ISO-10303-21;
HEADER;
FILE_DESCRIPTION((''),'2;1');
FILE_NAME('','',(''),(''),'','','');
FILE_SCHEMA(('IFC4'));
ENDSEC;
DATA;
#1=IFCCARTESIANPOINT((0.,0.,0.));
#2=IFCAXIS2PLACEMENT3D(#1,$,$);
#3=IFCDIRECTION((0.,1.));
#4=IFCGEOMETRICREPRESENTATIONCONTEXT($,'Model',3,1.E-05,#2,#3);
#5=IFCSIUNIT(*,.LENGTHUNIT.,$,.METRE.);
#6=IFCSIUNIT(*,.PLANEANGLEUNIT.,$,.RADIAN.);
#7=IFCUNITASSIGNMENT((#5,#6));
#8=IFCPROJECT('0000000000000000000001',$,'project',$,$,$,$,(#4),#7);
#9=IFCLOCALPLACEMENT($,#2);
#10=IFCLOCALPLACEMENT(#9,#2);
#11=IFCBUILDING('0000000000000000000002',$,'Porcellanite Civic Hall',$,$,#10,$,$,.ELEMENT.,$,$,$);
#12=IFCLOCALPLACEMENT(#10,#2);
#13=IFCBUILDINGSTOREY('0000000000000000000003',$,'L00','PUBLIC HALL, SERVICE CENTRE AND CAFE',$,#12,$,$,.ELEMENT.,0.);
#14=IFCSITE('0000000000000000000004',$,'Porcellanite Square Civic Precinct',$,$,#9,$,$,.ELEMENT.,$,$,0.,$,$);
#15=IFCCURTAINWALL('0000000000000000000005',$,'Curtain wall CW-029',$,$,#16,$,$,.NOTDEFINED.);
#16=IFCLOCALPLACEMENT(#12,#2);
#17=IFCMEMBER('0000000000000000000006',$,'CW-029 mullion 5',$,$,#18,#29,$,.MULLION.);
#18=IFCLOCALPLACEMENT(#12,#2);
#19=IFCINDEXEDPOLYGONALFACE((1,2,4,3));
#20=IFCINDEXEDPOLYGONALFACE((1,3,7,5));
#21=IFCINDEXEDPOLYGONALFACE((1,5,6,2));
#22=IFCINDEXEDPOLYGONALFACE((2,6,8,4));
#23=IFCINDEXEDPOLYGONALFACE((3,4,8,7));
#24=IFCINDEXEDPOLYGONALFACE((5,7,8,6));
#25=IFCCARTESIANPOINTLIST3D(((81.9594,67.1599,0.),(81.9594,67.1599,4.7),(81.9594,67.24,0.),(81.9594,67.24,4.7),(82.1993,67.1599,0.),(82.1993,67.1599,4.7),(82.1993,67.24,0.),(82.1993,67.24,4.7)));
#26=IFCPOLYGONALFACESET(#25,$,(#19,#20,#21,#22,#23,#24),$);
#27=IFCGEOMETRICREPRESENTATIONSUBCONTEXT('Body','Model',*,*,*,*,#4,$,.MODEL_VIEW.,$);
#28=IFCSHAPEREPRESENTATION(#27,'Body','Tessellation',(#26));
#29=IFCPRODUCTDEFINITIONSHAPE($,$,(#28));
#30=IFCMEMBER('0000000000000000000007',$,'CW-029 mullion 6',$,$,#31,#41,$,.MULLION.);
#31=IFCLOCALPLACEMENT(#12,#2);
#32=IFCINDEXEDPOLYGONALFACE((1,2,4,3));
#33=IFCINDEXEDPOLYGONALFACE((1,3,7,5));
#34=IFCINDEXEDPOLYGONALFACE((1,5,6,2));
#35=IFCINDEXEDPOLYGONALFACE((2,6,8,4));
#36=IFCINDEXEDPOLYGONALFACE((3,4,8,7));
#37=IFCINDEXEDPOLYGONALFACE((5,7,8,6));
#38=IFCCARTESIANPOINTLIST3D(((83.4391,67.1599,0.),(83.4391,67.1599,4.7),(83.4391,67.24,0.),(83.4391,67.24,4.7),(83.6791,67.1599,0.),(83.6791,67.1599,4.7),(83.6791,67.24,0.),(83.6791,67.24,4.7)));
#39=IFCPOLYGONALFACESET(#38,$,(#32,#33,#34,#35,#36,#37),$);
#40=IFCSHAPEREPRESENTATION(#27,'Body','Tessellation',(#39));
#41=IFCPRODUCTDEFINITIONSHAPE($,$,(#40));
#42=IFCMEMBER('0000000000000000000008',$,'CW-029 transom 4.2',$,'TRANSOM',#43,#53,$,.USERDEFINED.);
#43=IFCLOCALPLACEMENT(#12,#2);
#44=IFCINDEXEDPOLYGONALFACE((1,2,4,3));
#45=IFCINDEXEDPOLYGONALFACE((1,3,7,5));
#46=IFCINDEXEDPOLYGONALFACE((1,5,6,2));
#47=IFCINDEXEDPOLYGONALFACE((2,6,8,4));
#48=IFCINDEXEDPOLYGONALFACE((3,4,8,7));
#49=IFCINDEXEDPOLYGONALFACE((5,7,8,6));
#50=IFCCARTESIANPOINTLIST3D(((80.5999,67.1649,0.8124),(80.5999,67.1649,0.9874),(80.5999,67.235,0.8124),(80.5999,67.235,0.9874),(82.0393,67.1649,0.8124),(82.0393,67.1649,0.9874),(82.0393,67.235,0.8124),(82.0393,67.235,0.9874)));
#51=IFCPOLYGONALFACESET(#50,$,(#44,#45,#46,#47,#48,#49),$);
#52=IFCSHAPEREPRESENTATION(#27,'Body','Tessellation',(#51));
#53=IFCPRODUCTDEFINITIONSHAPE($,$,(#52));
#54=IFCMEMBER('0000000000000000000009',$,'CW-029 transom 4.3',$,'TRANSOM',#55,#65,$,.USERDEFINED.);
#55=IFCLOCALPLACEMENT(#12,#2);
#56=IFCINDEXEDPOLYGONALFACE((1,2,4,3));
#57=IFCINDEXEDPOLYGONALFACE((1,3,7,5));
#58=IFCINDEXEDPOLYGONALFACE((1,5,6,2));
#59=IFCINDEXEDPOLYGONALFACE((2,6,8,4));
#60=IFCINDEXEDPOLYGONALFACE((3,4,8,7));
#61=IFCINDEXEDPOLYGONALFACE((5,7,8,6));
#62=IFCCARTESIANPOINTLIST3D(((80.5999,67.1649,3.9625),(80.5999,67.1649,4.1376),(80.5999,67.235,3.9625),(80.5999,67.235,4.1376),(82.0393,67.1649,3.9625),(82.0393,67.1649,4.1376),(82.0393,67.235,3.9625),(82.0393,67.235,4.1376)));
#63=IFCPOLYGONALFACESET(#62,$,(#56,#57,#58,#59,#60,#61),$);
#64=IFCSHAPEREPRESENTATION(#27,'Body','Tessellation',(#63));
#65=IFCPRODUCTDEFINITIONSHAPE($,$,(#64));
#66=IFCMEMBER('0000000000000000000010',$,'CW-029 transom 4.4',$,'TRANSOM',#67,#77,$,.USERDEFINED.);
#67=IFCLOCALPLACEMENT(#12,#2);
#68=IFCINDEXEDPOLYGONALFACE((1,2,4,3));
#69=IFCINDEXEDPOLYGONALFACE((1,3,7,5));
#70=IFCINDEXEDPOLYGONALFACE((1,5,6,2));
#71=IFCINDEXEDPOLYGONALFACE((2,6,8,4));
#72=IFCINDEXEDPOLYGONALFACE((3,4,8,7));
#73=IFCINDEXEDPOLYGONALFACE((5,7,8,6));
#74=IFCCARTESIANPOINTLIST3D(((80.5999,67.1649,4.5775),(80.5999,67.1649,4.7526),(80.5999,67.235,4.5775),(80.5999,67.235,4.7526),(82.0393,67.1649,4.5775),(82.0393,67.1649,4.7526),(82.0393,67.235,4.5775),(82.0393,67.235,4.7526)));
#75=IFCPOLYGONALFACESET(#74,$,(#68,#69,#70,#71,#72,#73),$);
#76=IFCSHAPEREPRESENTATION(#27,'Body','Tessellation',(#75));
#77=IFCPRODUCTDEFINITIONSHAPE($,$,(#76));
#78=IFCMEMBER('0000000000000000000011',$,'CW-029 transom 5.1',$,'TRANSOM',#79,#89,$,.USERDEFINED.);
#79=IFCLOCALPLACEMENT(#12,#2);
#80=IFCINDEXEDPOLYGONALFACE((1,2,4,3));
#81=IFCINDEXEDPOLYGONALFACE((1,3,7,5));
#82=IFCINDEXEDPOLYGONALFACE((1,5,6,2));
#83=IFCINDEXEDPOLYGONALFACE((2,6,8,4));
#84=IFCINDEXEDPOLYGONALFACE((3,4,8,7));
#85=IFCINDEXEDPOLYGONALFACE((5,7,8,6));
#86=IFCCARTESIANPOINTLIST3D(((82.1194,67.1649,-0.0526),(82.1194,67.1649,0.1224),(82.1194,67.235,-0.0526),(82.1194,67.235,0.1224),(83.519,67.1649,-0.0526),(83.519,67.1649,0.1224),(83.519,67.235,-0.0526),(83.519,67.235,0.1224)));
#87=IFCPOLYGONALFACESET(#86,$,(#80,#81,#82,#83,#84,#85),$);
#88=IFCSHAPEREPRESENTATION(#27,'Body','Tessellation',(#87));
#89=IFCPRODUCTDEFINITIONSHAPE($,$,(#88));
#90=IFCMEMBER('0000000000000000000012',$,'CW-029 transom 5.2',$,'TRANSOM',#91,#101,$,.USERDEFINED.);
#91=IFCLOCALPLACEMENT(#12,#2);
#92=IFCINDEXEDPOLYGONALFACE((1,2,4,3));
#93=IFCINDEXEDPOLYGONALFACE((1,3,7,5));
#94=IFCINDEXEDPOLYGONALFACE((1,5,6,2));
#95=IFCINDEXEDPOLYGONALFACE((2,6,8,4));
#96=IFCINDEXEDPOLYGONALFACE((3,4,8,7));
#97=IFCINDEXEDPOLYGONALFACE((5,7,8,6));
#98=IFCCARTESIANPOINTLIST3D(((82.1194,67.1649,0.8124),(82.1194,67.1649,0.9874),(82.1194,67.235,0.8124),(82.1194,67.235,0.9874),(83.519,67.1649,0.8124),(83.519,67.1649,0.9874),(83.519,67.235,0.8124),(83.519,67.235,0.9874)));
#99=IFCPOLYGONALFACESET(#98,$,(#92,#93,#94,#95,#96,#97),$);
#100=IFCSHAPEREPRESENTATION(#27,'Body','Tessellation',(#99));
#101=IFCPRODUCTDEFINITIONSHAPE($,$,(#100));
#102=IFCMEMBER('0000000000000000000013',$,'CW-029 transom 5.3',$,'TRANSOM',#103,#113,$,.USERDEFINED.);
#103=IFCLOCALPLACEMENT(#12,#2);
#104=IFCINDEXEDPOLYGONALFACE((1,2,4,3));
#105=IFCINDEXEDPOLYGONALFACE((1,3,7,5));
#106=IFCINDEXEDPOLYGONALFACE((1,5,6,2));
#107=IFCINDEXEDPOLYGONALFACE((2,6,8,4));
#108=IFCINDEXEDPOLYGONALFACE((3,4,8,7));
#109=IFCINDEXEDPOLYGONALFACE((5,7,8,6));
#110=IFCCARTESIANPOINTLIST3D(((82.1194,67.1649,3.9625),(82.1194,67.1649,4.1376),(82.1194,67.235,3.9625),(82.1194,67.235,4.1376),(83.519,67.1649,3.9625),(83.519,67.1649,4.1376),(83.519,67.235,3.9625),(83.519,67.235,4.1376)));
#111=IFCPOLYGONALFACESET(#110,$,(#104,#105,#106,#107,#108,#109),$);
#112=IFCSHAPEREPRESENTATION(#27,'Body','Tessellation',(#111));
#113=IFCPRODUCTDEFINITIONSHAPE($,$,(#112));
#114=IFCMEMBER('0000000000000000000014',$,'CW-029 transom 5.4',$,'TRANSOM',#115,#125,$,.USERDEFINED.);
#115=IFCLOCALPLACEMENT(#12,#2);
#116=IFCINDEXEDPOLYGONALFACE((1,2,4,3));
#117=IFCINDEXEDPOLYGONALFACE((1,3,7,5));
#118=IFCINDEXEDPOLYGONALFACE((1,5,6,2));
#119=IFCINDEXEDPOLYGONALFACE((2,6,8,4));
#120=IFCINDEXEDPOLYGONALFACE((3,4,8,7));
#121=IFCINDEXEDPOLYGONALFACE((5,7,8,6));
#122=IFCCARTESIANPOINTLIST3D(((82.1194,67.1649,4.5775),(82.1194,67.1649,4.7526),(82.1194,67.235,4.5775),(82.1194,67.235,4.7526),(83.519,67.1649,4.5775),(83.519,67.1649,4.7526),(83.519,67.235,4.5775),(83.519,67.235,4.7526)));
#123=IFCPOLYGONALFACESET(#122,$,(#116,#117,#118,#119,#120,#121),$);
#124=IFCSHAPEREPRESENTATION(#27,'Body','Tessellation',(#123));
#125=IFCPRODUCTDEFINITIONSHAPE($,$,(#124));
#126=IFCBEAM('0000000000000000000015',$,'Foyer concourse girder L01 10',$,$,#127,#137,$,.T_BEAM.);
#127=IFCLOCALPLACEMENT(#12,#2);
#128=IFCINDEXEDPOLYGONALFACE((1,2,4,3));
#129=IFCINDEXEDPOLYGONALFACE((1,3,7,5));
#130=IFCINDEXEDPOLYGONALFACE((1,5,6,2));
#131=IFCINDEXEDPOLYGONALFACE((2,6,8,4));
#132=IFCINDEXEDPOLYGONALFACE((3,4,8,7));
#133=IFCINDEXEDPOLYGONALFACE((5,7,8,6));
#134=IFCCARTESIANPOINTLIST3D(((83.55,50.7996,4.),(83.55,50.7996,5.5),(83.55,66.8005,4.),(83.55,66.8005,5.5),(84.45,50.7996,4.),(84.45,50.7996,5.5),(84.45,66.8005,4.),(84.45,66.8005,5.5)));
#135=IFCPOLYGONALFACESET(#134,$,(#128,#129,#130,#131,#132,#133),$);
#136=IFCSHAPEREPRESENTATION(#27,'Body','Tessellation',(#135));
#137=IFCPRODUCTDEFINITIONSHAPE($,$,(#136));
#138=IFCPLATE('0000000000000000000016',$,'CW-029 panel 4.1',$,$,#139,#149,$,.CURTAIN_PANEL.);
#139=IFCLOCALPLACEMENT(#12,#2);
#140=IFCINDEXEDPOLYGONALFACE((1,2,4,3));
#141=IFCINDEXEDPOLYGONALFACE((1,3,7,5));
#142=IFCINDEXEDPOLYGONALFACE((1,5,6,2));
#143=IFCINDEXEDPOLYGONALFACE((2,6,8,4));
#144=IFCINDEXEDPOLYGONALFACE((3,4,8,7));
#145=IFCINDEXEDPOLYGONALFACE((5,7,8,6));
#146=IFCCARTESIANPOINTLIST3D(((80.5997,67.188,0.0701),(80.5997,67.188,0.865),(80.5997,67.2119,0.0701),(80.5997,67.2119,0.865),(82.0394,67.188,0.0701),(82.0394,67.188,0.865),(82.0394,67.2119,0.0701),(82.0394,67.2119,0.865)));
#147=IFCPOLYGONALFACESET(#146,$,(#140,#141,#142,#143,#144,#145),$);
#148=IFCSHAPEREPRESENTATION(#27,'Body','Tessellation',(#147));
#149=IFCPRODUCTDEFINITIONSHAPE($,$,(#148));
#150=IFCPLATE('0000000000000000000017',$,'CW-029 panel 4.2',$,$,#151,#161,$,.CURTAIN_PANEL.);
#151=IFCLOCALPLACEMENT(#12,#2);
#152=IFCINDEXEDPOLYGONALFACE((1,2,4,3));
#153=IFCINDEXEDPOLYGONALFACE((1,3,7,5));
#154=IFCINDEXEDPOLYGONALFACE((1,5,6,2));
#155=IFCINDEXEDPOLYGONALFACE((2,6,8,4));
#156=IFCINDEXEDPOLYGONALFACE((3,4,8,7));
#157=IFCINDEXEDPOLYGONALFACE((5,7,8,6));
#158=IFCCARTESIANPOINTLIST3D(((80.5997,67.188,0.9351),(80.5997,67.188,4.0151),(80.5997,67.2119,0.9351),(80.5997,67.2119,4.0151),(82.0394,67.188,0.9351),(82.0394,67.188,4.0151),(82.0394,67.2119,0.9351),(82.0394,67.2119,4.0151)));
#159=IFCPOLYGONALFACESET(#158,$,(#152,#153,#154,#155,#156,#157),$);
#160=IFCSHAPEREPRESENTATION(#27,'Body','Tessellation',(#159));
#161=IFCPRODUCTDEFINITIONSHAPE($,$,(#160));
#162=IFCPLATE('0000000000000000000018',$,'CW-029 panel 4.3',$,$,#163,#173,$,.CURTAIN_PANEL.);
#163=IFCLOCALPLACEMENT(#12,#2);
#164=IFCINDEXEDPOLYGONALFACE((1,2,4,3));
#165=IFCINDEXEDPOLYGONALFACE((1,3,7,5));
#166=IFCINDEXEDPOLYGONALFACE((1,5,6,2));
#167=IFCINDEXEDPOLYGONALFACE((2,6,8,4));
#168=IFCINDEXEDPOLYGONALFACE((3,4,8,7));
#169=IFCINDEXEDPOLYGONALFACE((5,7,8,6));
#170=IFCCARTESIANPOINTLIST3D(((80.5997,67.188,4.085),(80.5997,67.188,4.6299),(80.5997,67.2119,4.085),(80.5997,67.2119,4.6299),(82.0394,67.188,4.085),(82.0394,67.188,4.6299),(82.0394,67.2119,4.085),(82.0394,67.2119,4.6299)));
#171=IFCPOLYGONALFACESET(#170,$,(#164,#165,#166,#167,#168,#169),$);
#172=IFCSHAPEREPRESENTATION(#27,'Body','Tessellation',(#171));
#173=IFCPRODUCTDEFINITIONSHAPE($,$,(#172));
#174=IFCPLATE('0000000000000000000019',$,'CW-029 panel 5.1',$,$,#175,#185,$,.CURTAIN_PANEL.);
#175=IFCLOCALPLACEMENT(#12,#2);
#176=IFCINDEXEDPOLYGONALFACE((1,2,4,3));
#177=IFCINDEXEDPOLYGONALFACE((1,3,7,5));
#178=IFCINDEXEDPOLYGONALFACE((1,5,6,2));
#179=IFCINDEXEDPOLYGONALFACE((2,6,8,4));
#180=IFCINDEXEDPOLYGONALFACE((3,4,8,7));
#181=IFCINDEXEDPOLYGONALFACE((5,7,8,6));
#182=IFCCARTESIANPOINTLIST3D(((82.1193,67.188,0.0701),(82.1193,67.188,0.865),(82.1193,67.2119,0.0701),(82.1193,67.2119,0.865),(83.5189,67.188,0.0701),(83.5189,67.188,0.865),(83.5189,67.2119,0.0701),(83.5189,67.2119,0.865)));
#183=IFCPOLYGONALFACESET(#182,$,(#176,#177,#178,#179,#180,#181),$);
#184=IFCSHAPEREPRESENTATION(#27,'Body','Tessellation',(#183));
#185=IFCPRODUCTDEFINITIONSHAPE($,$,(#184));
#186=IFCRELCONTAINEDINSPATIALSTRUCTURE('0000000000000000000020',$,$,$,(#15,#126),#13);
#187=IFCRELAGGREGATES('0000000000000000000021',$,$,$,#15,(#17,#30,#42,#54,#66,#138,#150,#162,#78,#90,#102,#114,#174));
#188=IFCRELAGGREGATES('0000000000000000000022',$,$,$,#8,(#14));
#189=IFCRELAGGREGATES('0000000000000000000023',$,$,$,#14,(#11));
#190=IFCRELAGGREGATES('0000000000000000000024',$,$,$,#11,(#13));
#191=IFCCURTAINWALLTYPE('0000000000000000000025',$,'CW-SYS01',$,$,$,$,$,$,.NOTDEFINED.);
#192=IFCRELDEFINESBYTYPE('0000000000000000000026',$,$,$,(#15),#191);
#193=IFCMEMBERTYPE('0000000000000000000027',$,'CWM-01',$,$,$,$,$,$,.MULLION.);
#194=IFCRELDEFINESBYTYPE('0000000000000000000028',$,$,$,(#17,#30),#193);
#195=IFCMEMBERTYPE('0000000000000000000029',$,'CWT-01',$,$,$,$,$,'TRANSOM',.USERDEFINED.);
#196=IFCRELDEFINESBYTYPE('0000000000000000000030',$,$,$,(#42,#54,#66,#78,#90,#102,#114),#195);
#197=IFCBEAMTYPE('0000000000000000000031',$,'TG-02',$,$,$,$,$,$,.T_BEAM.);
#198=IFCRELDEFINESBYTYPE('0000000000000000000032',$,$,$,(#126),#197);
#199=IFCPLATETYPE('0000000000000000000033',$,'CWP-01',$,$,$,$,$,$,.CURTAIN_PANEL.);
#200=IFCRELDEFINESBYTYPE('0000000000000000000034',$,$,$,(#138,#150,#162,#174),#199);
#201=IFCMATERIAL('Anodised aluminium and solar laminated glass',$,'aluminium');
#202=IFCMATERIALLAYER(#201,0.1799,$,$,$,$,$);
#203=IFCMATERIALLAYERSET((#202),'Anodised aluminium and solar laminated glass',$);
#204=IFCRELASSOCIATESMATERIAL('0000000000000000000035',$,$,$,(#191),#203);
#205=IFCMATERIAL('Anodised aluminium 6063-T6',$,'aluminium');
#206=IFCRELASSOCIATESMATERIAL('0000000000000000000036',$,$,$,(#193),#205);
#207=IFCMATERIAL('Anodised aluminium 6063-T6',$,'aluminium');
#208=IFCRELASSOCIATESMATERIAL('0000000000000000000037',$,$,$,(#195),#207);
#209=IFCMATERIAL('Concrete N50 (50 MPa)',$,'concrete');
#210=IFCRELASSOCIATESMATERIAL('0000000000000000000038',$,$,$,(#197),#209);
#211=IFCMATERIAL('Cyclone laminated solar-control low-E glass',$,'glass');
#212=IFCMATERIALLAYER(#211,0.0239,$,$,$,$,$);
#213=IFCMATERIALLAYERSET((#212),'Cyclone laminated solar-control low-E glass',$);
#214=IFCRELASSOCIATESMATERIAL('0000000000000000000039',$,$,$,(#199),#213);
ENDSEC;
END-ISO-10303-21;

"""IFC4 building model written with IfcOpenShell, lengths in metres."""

from ifc_helpers import new_model, si_unit, direction, frame, origin, origin_2d, place, context, subcontext, project, spatial, rectangle, extrude, material, layer, layer_set, material_profile, profile_set, type_object, element, aggregate, save


model = new_model("IFC4")

# Units and contexts
model_context = context("Model", 3, precision=1e-05, world=origin(), true_north=direction((0.0, 1.0)))
body_context = subcontext(model_context, "Body", "Model", "MODEL_VIEW")
ifc_project = project(units=[si_unit("LENGTHUNIT", "METRE"), si_unit("PLANEANGLEUNIT", "RADIAN")], contexts=[model_context])

# Site, building, storey
site_placement = place(None, origin())
site = spatial("IfcSite", under=ifc_project, at=site_placement, Name="Porcellanite Square Civic Precinct", CompositionType="ELEMENT", RefElevation=0.0)
building_placement = place(site_placement, origin())
building = spatial("IfcBuilding", under=site, at=building_placement, Name="Porcellanite Civic Hall", CompositionType="ELEMENT")
storey_placement = place(building_placement, origin())
storey = spatial("IfcBuildingStorey", under=building, at=storey_placement, Name="L00", Description="PUBLIC HALL, SERVICE CENTRE AND CAFE", CompositionType="ELEMENT", Elevation=0.0)

# Curtain wall, members
ifc_material_1 = material(Name="Anodised aluminium and solar laminated glass", Category="aluminium")
ifc_layer_1 = layer(ifc_material_1, 0.1799)
ifc_layer_set_1 = layer_set([ifc_layer_1], Name="Anodised aluminium and solar laminated glass")
curtain_wall_type = type_object("IfcCurtainWallType", Name="CW-SYS01", PredefinedType="NOTDEFINED", material=ifc_layer_set_1)
curtain_wall_placement = place(storey_placement, origin())
curtain_wall = element("IfcCurtainWall", 1, at=curtain_wall_placement, inside=storey, type_object=curtain_wall_type, Name="Curtain wall CW-029", PredefinedType="NOTDEFINED")
ifc_material_2 = material(Name="Anodised aluminium 6063-T6", Category="aluminium")
ifc_material_profile_1 = material_profile(ifc_material_2, rectangle(XDim=0.0801, YDim=0.24, at=origin_2d()), Name="AL-80x240")
ifc_profile_set_1 = profile_set([ifc_material_profile_1], Name="Anodised aluminium 6063-T6")
member_type_1 = type_object("IfcMemberType", Name="CWM-01", PredefinedType="MULLION", material=ifc_profile_set_1)
member_1_placement = place(storey_placement, frame((82.0793, 67.2, 0.0), z_axis=(0.0, 0.0, 1.0), x_axis=(0.0, 1.0, 0.0)))
member_1 = element("IfcMember", 2, at=member_1_placement, type_object=member_type_1, Name="CW-029 mullion 5", PredefinedType="MULLION", context=body_context, shape_type="SweptSolid", body=[
    extrude(rectangle(XDim=0.0801, YDim=0.24, at=origin_2d()), origin(), (0.0, 0.0, 1.0), 4.7),
])
member_2_placement = place(storey_placement, frame((83.5591, 67.2, 0.0), z_axis=(0.0, 0.0, 1.0), x_axis=(0.0, 1.0, 0.0)))
member_2 = element("IfcMember", 3, at=member_2_placement, type_object=member_type_1, Name="CW-029 mullion 6", PredefinedType="MULLION", context=body_context, shape_type="SweptSolid", body=[
    extrude(rectangle(XDim=0.0801, YDim=0.24, at=origin_2d()), origin(), (0.0, 0.0, 1.0), 4.7),
])
ifc_material_3 = material(Name="Anodised aluminium 6063-T6", Category="aluminium")
ifc_material_profile_2 = material_profile(ifc_material_3, rectangle(XDim=0.0701, YDim=0.175, at=origin_2d()), Name="AL-70x175")
ifc_profile_set_2 = profile_set([ifc_material_profile_2], Name="Anodised aluminium 6063-T6")
member_type_2 = type_object("IfcMemberType", Name="CWT-01", ElementType="TRANSOM", PredefinedType="USERDEFINED", material=ifc_profile_set_2)
member_3_placement = place(storey_placement, frame((80.5999, 67.2, 0.8999), z_axis=(1.0, 0.0, 0.0), x_axis=(0.0, 1.0, 0.0)))
member_3 = element("IfcMember", 4, at=member_3_placement, type_object=member_type_2, Name="CW-029 transom 4.2", ObjectType="TRANSOM", PredefinedType="USERDEFINED", context=body_context, shape_type="SweptSolid", body=[
    extrude(rectangle(XDim=0.0701, YDim=0.175, at=origin_2d()), origin(), (0.0, 0.0, 1.0), 1.4395),
])
member_4_placement = place(storey_placement, frame((80.5999, 67.2, 4.05), z_axis=(1.0, 0.0, 0.0), x_axis=(0.0, 1.0, 0.0)))
member_4 = element("IfcMember", 5, at=member_4_placement, type_object=member_type_2, Name="CW-029 transom 4.3", ObjectType="TRANSOM", PredefinedType="USERDEFINED", context=body_context, shape_type="SweptSolid", body=[
    extrude(rectangle(XDim=0.0701, YDim=0.175, at=origin_2d()), origin(), (0.0, 0.0, 1.0), 1.4395),
])
member_5_placement = place(storey_placement, frame((80.5999, 67.2, 4.665), z_axis=(1.0, 0.0, 0.0), x_axis=(0.0, 1.0, 0.0)))
member_5 = element("IfcMember", 6, at=member_5_placement, type_object=member_type_2, Name="CW-029 transom 4.4", ObjectType="TRANSOM", PredefinedType="USERDEFINED", context=body_context, shape_type="SweptSolid", body=[
    extrude(rectangle(XDim=0.0701, YDim=0.175, at=origin_2d()), origin(), (0.0, 0.0, 1.0), 1.4395),
])
member_6_placement = place(storey_placement, frame((82.1194, 67.2, 0.0349), z_axis=(1.0, 0.0, 0.0), x_axis=(0.0, 1.0, 0.0)))
member_6 = element("IfcMember", 7, at=member_6_placement, type_object=member_type_2, Name="CW-029 transom 5.1", ObjectType="TRANSOM", PredefinedType="USERDEFINED", context=body_context, shape_type="SweptSolid", body=[
    extrude(rectangle(XDim=0.0701, YDim=0.175, at=origin_2d()), origin(), (0.0, 0.0, 1.0), 1.3997),
])
member_7_placement = place(storey_placement, frame((82.1194, 67.2, 0.8999), z_axis=(1.0, 0.0, 0.0), x_axis=(0.0, 1.0, 0.0)))
member_7 = element("IfcMember", 8, at=member_7_placement, type_object=member_type_2, Name="CW-029 transom 5.2", ObjectType="TRANSOM", PredefinedType="USERDEFINED", context=body_context, shape_type="SweptSolid", body=[
    extrude(rectangle(XDim=0.0701, YDim=0.175, at=origin_2d()), origin(), (0.0, 0.0, 1.0), 1.3997),
])
member_8_placement = place(storey_placement, frame((82.1194, 67.2, 4.05), z_axis=(1.0, 0.0, 0.0), x_axis=(0.0, 1.0, 0.0)))
member_8 = element("IfcMember", 9, at=member_8_placement, type_object=member_type_2, Name="CW-029 transom 5.3", ObjectType="TRANSOM", PredefinedType="USERDEFINED", context=body_context, shape_type="SweptSolid", body=[
    extrude(rectangle(XDim=0.0701, YDim=0.175, at=origin_2d()), origin(), (0.0, 0.0, 1.0), 1.3997),
])
member_9_placement = place(storey_placement, frame((82.1194, 67.2, 4.665), z_axis=(1.0, 0.0, 0.0), x_axis=(0.0, 1.0, 0.0)))
member_9 = element("IfcMember", 10, at=member_9_placement, type_object=member_type_2, Name="CW-029 transom 5.4", ObjectType="TRANSOM", PredefinedType="USERDEFINED", context=body_context, shape_type="SweptSolid", body=[
    extrude(rectangle(XDim=0.0701, YDim=0.175, at=origin_2d()), origin(), (0.0, 0.0, 1.0), 1.3997),
])

# Beam
ifc_material_4 = material(Name="Concrete N50 (50 MPa)", Category="concrete")
ifc_material_profile_3 = material_profile(ifc_material_4, rectangle(XDim=0.8999, YDim=1.5, at=origin_2d()), Name="RC-900x1500")
ifc_profile_set_3 = profile_set([ifc_material_profile_3], Name="Concrete N50 (50 MPa)")
beam_type = type_object("IfcBeamType", Name="TG-02", PredefinedType="T_BEAM", material=ifc_profile_set_3)
beam_placement = place(storey_placement, frame((84.0, 50.7996, 4.75), z_axis=(0.0, 1.0, 0.0), x_axis=(-1.0, 0.0, 0.0)))
element("IfcBeam", 11, at=beam_placement, inside=storey, type_object=beam_type, Name="Foyer concourse girder L01 10", PredefinedType="T_BEAM", context=body_context, shape_type="SweptSolid", body=[
    extrude(rectangle(XDim=0.8999, YDim=1.5, at=origin_2d()), origin(), (0.0, 0.0, 1.0), 16.001),
])

# Plates
ifc_material_5 = material(Name="Cyclone laminated solar-control low-E glass", Category="glass")
ifc_layer_2 = layer(ifc_material_5, 0.0239)
ifc_layer_set_2 = layer_set([ifc_layer_2], Name="Cyclone laminated solar-control low-E glass")
plate_type = type_object("IfcPlateType", Name="CWP-01", PredefinedType="CURTAIN_PANEL", material=ifc_layer_set_2)
plate_1_placement = place(storey_placement, frame((81.3196, 67.2, 0.0701), z_axis=(0.0, 0.0, 1.0), x_axis=(1.0, 0.0, 0.0)))
plate_1 = element("IfcPlate", 12, at=plate_1_placement, type_object=plate_type, Name="CW-029 panel 4.1", PredefinedType="CURTAIN_PANEL", context=body_context, shape_type="SweptSolid", body=[
    extrude(rectangle(XDim=1.4397, YDim=0.0239, at=origin_2d()), origin(), (0.0, 0.0, 1.0), 0.7949),
])
plate_2_placement = place(storey_placement, frame((81.3196, 67.2, 0.9351), z_axis=(0.0, 0.0, 1.0), x_axis=(1.0, 0.0, 0.0)))
plate_2 = element("IfcPlate", 13, at=plate_2_placement, type_object=plate_type, Name="CW-029 panel 4.2", PredefinedType="CURTAIN_PANEL", context=body_context, shape_type="SweptSolid", body=[
    extrude(rectangle(XDim=1.4397, YDim=0.0239, at=origin_2d()), origin(), (0.0, 0.0, 1.0), 3.0801),
])
plate_3_placement = place(storey_placement, frame((81.3196, 67.2, 4.085), z_axis=(0.0, 0.0, 1.0), x_axis=(1.0, 0.0, 0.0)))
plate_3 = element("IfcPlate", 14, at=plate_3_placement, type_object=plate_type, Name="CW-029 panel 4.3", PredefinedType="CURTAIN_PANEL", context=body_context, shape_type="SweptSolid", body=[
    extrude(rectangle(XDim=1.4397, YDim=0.0239, at=origin_2d()), origin(), (0.0, 0.0, 1.0), 0.5449),
])
plate_4_placement = place(storey_placement, frame((82.8191, 67.2, 0.0701), z_axis=(0.0, 0.0, 1.0), x_axis=(1.0, 0.0, 0.0)))
plate_4 = element("IfcPlate", 15, at=plate_4_placement, type_object=plate_type, Name="CW-029 panel 5.1", PredefinedType="CURTAIN_PANEL", context=body_context, shape_type="SweptSolid", body=[
    extrude(rectangle(XDim=1.3997, YDim=0.0239, at=origin_2d()), origin(), (0.0, 0.0, 1.0), 0.7949),
])
aggregate(curtain_wall, [member_1, member_2, member_3, member_4, member_5, plate_1, plate_2, plate_3, member_6, member_7, member_8, member_9, plate_4])

save(model, "model.ifc")
